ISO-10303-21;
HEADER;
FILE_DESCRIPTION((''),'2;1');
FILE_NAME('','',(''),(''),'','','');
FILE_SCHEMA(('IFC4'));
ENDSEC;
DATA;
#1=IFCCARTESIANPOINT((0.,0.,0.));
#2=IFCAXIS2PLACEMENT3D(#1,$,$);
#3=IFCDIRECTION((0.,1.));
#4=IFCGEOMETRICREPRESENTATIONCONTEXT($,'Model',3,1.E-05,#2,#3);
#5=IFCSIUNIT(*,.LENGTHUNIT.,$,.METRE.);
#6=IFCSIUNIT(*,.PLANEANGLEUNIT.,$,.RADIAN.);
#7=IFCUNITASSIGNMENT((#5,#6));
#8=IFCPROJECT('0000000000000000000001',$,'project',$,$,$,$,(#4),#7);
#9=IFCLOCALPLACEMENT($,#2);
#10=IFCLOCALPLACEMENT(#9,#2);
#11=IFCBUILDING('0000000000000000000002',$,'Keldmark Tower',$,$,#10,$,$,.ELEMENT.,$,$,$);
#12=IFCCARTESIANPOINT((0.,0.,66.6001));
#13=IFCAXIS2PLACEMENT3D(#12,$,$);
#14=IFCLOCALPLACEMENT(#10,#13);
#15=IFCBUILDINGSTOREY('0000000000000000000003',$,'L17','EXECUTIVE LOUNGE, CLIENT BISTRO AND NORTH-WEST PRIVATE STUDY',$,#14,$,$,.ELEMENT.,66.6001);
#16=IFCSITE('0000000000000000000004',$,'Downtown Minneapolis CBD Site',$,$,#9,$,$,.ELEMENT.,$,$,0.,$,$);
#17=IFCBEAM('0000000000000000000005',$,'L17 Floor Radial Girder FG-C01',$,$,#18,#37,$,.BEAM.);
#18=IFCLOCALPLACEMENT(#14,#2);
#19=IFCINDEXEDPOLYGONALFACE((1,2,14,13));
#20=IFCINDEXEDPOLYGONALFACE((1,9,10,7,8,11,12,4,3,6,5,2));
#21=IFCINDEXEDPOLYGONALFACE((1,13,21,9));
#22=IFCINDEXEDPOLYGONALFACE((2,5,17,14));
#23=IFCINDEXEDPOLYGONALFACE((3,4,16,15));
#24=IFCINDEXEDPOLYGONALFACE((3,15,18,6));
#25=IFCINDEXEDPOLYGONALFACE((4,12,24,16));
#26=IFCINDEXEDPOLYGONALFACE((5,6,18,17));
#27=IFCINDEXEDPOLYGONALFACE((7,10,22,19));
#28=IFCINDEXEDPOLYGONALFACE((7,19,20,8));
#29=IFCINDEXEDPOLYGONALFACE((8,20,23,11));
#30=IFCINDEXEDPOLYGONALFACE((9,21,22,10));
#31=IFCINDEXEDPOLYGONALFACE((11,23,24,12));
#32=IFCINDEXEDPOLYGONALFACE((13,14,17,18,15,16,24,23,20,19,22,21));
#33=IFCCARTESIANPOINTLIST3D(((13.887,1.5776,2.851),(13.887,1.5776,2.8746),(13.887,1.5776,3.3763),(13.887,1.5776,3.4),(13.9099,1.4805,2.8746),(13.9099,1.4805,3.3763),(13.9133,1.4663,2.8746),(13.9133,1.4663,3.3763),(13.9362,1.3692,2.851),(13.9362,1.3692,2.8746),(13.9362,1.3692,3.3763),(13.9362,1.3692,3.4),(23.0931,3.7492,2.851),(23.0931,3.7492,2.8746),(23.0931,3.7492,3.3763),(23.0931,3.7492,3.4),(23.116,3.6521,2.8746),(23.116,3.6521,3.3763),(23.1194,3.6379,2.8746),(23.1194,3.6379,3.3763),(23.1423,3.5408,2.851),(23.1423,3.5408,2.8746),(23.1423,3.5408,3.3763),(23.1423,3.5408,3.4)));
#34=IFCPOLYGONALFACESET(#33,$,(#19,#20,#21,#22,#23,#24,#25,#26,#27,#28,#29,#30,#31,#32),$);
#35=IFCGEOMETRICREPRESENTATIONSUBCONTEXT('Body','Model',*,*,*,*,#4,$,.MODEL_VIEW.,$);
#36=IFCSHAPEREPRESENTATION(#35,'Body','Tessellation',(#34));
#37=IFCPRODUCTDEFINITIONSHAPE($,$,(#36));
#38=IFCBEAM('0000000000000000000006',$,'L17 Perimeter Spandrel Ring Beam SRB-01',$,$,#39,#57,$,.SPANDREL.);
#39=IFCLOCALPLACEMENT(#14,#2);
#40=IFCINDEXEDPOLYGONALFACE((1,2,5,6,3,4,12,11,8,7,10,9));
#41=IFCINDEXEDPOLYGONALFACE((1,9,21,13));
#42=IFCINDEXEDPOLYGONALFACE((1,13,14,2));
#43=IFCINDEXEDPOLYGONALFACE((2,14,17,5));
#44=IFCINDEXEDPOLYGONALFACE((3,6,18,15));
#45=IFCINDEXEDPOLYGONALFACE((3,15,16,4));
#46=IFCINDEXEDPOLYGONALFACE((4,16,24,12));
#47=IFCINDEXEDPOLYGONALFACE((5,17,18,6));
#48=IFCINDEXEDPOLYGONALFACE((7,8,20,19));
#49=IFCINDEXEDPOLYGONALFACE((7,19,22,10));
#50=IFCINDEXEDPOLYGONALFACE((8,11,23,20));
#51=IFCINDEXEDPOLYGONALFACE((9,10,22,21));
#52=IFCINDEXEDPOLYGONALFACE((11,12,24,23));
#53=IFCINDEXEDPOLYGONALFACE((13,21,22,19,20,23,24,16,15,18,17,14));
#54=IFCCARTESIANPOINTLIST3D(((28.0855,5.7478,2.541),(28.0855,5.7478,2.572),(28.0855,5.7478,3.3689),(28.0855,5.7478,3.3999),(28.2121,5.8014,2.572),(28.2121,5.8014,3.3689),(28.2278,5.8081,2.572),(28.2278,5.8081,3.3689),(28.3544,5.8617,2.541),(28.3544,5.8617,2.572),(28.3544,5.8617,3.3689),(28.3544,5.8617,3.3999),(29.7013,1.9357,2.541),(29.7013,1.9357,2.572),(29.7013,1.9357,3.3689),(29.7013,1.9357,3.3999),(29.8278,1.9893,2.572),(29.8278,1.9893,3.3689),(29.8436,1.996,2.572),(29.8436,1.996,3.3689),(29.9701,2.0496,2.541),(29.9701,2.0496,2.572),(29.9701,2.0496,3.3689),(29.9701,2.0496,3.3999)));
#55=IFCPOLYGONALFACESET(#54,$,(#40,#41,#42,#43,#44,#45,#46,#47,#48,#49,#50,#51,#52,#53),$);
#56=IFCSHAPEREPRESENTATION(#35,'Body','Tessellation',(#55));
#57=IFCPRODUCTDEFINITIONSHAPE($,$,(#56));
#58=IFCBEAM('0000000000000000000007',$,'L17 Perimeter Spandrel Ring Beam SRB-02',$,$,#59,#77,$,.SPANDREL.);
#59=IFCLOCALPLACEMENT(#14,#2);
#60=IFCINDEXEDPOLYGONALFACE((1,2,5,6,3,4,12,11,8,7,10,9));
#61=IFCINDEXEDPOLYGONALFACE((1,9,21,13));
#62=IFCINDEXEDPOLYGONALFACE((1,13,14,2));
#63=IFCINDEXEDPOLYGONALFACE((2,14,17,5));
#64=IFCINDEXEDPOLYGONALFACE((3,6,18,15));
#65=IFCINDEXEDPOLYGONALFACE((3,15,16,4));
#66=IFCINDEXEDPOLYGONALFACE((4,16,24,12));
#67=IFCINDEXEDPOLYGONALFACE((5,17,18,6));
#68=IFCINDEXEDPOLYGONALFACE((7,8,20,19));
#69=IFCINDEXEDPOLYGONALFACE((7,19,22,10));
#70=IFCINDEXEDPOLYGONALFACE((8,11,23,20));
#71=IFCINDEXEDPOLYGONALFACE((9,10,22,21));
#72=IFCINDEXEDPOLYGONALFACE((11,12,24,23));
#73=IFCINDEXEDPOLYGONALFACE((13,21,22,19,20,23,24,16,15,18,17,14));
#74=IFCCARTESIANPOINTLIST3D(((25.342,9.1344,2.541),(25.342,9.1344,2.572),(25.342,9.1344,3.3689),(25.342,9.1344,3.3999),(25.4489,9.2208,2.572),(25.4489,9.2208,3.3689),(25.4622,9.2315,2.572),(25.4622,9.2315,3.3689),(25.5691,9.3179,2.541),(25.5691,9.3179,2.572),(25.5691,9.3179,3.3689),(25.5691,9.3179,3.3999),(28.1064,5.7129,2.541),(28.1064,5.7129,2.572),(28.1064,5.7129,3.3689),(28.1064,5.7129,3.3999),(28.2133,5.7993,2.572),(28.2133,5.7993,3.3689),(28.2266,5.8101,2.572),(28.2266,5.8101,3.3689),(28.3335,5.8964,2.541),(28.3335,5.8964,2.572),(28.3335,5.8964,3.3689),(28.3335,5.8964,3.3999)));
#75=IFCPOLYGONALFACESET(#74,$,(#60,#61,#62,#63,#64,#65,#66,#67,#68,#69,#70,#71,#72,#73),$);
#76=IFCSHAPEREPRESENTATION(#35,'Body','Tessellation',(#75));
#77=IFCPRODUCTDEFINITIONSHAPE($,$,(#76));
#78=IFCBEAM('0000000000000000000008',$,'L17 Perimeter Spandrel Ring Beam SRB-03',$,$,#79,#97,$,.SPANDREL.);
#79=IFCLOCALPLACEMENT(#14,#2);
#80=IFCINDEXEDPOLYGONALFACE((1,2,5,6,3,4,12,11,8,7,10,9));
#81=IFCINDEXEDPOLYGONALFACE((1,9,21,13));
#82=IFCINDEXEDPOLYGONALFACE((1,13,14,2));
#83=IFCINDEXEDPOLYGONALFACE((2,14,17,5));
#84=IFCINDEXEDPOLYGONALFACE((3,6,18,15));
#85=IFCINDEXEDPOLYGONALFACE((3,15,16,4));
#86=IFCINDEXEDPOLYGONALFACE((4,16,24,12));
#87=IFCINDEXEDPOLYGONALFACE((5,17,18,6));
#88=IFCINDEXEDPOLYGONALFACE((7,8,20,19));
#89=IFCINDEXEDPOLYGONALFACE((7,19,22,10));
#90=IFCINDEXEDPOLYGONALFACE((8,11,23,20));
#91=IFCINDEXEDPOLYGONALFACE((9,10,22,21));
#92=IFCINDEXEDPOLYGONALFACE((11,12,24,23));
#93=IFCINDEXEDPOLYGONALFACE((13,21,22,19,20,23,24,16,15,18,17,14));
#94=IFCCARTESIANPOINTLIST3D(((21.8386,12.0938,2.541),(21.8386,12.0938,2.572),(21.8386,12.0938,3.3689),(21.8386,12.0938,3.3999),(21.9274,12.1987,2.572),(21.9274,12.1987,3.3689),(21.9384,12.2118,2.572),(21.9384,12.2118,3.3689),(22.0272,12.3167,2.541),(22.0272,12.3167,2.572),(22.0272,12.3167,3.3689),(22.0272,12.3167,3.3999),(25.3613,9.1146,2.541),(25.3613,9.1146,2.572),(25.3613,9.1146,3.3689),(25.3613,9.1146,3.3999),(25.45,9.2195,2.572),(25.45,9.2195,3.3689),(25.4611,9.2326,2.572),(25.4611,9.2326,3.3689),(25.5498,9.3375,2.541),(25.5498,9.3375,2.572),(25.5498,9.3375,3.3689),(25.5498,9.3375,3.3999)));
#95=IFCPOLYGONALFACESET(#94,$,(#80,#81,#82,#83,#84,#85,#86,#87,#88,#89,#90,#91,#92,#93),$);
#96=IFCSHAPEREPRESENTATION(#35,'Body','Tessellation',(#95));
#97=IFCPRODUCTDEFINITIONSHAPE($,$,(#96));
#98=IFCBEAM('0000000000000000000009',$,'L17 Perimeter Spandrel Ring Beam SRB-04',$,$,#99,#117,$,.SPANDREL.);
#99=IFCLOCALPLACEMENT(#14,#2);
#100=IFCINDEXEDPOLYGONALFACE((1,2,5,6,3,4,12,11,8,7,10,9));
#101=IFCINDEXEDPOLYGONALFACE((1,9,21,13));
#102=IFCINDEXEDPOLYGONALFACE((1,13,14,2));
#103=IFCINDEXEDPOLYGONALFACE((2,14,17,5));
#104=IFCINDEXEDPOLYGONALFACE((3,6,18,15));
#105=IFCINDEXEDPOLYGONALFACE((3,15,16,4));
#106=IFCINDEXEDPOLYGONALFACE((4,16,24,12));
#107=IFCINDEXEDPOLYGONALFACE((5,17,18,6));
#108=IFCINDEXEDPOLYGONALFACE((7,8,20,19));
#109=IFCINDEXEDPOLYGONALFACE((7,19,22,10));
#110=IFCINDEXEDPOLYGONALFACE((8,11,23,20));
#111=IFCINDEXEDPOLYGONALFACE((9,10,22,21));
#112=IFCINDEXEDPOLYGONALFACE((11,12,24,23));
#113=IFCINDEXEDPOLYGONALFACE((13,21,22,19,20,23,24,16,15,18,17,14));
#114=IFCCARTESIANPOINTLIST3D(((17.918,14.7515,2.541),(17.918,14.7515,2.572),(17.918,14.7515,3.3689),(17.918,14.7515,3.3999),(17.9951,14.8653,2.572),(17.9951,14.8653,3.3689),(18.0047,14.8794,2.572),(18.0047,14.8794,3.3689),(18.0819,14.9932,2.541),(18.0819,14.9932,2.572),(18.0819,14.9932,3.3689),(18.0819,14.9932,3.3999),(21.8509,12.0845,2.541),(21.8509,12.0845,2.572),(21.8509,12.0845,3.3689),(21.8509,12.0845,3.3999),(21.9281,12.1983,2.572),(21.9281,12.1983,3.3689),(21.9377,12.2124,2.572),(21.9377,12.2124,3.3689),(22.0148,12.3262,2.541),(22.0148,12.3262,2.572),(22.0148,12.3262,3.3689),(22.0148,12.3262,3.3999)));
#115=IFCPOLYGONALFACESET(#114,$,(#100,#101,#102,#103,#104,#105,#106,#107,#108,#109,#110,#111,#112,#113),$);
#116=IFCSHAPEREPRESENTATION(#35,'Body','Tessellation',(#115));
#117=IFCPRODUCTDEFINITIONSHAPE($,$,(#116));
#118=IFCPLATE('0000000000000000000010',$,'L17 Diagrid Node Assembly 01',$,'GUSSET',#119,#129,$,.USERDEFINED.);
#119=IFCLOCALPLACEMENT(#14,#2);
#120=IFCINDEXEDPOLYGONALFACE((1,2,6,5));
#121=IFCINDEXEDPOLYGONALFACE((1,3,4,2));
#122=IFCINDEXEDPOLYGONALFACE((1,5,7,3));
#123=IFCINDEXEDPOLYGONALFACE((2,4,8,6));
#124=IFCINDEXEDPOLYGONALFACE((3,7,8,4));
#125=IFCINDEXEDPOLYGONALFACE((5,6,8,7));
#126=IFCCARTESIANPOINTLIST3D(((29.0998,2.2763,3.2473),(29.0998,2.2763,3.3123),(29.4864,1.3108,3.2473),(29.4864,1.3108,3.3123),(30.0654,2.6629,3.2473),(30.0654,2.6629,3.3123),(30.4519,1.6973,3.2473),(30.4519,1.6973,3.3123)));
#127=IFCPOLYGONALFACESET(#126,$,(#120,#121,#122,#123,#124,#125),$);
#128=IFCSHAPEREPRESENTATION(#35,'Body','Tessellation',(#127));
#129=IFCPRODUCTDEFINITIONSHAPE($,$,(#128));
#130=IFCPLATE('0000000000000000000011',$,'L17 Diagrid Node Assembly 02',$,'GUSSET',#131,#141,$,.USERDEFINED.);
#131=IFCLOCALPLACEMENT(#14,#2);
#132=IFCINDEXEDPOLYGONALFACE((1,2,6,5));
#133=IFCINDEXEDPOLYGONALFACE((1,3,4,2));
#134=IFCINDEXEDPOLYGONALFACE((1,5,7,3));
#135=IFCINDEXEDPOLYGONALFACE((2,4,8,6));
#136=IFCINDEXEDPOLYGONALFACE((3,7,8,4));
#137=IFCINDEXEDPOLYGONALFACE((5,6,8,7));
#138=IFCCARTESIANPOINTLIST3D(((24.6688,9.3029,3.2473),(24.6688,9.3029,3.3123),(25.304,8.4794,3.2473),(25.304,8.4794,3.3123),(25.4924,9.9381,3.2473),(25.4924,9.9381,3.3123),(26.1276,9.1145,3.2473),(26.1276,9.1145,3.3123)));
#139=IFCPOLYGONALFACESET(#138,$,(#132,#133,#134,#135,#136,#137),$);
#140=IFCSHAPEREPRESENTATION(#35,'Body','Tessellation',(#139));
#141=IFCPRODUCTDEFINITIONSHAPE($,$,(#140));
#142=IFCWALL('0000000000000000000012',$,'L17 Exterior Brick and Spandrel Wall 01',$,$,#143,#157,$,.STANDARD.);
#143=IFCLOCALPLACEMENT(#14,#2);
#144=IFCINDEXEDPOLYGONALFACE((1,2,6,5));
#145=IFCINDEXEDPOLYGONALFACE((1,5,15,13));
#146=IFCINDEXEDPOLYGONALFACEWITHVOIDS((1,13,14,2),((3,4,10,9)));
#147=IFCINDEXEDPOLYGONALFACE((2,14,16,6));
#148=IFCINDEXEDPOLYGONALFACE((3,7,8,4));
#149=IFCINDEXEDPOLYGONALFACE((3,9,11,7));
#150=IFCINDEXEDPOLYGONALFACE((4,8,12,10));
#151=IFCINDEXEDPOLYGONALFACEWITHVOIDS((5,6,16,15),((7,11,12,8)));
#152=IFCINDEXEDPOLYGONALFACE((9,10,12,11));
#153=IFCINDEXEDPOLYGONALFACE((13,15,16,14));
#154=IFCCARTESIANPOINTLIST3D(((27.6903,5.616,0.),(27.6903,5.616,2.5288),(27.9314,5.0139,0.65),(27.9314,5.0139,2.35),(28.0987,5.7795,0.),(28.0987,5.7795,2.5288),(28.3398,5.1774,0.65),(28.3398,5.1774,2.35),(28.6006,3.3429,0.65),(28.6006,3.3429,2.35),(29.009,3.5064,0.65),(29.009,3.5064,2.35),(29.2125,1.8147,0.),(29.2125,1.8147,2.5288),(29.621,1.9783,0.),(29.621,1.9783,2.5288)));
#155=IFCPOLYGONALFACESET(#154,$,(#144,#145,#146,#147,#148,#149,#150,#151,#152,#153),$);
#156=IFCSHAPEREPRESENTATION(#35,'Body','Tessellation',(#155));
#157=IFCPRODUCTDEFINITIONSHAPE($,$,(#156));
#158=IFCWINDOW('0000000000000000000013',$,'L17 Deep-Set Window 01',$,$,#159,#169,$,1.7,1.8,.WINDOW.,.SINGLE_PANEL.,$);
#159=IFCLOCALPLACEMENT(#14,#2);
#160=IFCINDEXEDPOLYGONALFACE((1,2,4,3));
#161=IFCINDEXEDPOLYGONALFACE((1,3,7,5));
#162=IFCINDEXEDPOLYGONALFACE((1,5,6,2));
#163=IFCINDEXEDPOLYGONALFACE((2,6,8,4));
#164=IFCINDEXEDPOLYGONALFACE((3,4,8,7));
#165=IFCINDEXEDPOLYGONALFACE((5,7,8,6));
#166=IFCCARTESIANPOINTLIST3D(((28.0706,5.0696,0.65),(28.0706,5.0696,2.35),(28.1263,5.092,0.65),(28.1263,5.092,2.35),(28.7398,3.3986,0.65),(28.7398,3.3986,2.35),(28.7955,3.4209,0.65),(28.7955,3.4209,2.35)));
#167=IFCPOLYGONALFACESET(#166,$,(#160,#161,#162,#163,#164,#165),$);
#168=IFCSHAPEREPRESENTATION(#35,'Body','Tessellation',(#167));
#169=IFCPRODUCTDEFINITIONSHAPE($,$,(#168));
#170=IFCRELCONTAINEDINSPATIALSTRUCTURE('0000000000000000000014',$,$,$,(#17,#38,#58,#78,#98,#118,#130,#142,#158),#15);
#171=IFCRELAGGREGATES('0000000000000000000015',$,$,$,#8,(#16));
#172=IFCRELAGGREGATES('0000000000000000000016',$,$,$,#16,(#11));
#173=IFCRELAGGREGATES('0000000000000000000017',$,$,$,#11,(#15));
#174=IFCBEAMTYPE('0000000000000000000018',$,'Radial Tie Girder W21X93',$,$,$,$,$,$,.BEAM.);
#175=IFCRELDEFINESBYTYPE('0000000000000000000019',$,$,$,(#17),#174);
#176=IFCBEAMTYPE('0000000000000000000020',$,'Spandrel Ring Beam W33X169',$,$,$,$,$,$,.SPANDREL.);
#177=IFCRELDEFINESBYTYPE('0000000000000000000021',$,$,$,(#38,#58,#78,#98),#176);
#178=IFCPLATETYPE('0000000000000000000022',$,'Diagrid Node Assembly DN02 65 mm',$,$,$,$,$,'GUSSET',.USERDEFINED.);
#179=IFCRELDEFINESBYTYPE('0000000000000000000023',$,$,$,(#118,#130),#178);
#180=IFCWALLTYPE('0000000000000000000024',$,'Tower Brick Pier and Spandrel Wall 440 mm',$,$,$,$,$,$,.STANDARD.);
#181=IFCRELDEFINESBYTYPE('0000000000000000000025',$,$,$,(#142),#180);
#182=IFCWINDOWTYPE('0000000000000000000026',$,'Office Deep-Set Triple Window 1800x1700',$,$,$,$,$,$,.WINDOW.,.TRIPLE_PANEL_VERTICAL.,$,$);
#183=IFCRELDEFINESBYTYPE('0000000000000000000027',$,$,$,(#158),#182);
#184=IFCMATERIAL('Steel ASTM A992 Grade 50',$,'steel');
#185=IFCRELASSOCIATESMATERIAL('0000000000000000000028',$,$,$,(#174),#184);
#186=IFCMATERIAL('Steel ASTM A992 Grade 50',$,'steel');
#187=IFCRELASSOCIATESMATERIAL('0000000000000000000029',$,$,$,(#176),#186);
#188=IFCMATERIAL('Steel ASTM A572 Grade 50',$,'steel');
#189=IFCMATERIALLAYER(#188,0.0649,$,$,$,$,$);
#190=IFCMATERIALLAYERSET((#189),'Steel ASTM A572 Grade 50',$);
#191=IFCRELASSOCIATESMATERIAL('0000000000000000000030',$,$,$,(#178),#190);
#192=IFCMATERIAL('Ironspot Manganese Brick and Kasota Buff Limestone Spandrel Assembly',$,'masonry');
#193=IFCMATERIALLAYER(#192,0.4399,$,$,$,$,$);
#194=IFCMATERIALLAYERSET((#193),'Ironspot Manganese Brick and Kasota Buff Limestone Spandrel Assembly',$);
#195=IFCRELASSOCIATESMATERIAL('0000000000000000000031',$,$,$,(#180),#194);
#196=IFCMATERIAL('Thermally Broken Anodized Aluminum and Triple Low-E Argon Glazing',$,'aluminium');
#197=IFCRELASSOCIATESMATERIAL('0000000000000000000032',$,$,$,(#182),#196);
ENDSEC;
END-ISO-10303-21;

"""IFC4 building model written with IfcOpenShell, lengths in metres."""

from ifc_helpers import new_model, si_unit, direction, frame, frame_2d, origin, origin_2d, place, context, subcontext, project, spatial, rectangle, i_section, extrude, material, layer, layer_set, material_profile, profile_set, type_object, element, fill, save


model = new_model("IFC4")

# Units and contexts
model_context = context("Model", 3, precision=1e-05, world=origin(), true_north=direction((0.0, 1.0)))
body_context = subcontext(model_context, "Body", "Model", "MODEL_VIEW")
ifc_project = project(units=[si_unit("LENGTHUNIT", "METRE"), si_unit("PLANEANGLEUNIT", "RADIAN")], contexts=[model_context])

# Site, building, storey
site_placement = place(None, origin())
site = spatial("IfcSite", under=ifc_project, at=site_placement, Name="Downtown Minneapolis CBD Site", CompositionType="ELEMENT", RefElevation=0.0)
building_placement = place(site_placement, origin())
building = spatial("IfcBuilding", under=site, at=building_placement, Name="Keldmark Tower", CompositionType="ELEMENT")
storey_placement = place(building_placement, frame((0.0, 0.0, 66.6001)))
storey = spatial("IfcBuildingStorey", under=building, at=storey_placement, Name="L17", Description="EXECUTIVE LOUNGE, CLIENT BISTRO AND NORTH-WEST PRIVATE STUDY", CompositionType="ELEMENT", Elevation=66.6001)

# Beams
ifc_material_1 = material(Name="Steel ASTM A992 Grade 50", Category="steel")
ifc_material_profile_1 = material_profile(ifc_material_1, i_section(OverallWidth=0.2141, OverallDepth=0.5491, WebThickness=0.0146, FlangeThickness=0.0237, at=origin_2d()), Name="W21X93")
ifc_profile_set_1 = profile_set([ifc_material_profile_1], Name="Steel ASTM A992 Grade 50")
beam_type_1 = type_object("IfcBeamType", Name="Radial Tie Girder W21X93", PredefinedType="BEAM", material=ifc_profile_set_1)
beam_1_placement = place(storey_placement, frame((23.1177, 3.645, 3.1255), z_axis=(-0.973287, -0.22959, 0.0), x_axis=(0.22959, -0.973287, 0.0)))
element("IfcBeam", 1, at=beam_1_placement, inside=storey, type_object=beam_type_1, Name="L17 Floor Radial Girder FG-C01", PredefinedType="BEAM", context=body_context, shape_type="SweptSolid", body=[
    extrude(i_section(OverallWidth=0.2141, OverallDepth=0.5491, WebThickness=0.0146, FlangeThickness=0.0237, at=origin_2d()), origin(), (0.0, 0.0, 1.0), 9.4587),
])
ifc_material_2 = material(Name="Steel ASTM A992 Grade 50", Category="steel")
ifc_material_profile_2 = material_profile(ifc_material_2, i_section(OverallWidth=0.292, OverallDepth=0.8589, WebThickness=0.0171, FlangeThickness=0.031, at=origin_2d()), Name="W33X169")
ifc_profile_set_2 = profile_set([ifc_material_profile_2], Name="Steel ASTM A992 Grade 50")
beam_type_2 = type_object("IfcBeamType", Name="Spandrel Ring Beam W33X169", PredefinedType="SPANDREL", material=ifc_profile_set_2)
beam_2_placement = place(storey_placement, frame((29.8357, 1.9927, 2.9705), z_axis=(-0.390244, 0.920712, 0.0), x_axis=(-0.920712, -0.390244, 0.0)))
element("IfcBeam", 2, at=beam_2_placement, inside=storey, type_object=beam_type_2, Name="L17 Perimeter Spandrel Ring Beam SRB-01", PredefinedType="SPANDREL", context=body_context, shape_type="SweptSolid", body=[
    extrude(i_section(OverallWidth=0.292, OverallDepth=0.8589, WebThickness=0.0171, FlangeThickness=0.031, at=origin_2d()), origin(), (0.0, 0.0, 1.0), 4.1404),
])
beam_3_placement = place(storey_placement, frame((28.22, 5.8047, 2.9705), z_axis=(-0.628471, 0.777833, 0.0), x_axis=(-0.777833, -0.628471, 0.0)))
element("IfcBeam", 3, at=beam_3_placement, inside=storey, type_object=beam_type_2, Name="L17 Perimeter Spandrel Ring Beam SRB-02", PredefinedType="SPANDREL", context=body_context, shape_type="SweptSolid", body=[
    extrude(i_section(OverallWidth=0.292, OverallDepth=0.8589, WebThickness=0.0171, FlangeThickness=0.031, at=origin_2d()), origin(), (0.0, 0.0, 1.0), 4.3987),
])
beam_4_placement = place(storey_placement, frame((25.4556, 9.2261, 2.9705), z_axis=(-0.763547, 0.645752, 0.0), x_axis=(-0.645752, -0.763547, 0.0)))
element("IfcBeam", 4, at=beam_4_placement, inside=storey, type_object=beam_type_2, Name="L17 Perimeter Spandrel Ring Beam SRB-03", PredefinedType="SPANDREL", context=body_context, shape_type="SweptSolid", body=[
    extrude(i_section(OverallWidth=0.292, OverallDepth=0.8589, WebThickness=0.0171, FlangeThickness=0.031, at=origin_2d()), origin(), (0.0, 0.0, 1.0), 4.6135),
])
beam_5_placement = place(storey_placement, frame((21.9329, 12.2053, 2.9705), z_axis=(-0.827645, 0.561251, 0.0), x_axis=(-0.561251, -0.827645, 0.0)))
element("IfcBeam", 5, at=beam_5_placement, inside=storey, type_object=beam_type_2, Name="L17 Perimeter Spandrel Ring Beam SRB-04", PredefinedType="SPANDREL", context=body_context, shape_type="SweptSolid", body=[
    extrude(i_section(OverallWidth=0.292, OverallDepth=0.8589, WebThickness=0.0171, FlangeThickness=0.031, at=origin_2d()), origin(), (0.0, 0.0, 1.0), 4.752),
])

# Plates
ifc_material_3 = material(Name="Steel ASTM A572 Grade 50", Category="steel")
ifc_layer_1 = layer(ifc_material_3, 0.0649)
ifc_layer_set_1 = layer_set([ifc_layer_1], Name="Steel ASTM A572 Grade 50")
plate_type = type_object("IfcPlateType", Name="Diagrid Node Assembly DN02 65 mm", ElementType="GUSSET", PredefinedType="USERDEFINED", material=ifc_layer_set_1)
for number, where, z_axis, x_axis, name in (
    (6, (29.7759, 1.9868, 3.2473), (0.0, 0.0, 1.0), (-0.371692, 0.928356, 0.0), "L17 Diagrid Node Assembly 01"),
    (7, (25.3982, 9.2087, 3.2473), (0.0, 0.0, 1.0), (-0.610698, 0.791863, 0.0), "L17 Diagrid Node Assembly 02"),
):
    element("IfcPlate", number, at=place(storey_placement, frame(where, z_axis=z_axis, x_axis=x_axis)), inside=storey, type_object=plate_type, Name=name, ObjectType="GUSSET", PredefinedType="USERDEFINED", context=body_context, shape_type="SweptSolid", body=[
        extrude(rectangle(XDim=1.04, YDim=1.04, at=origin_2d()), origin(), (0.0, 0.0, 1.0), 0.0649),
    ])

# Wall, opening, window
ifc_material_4 = material(Name="Ironspot Manganese Brick and Kasota Buff Limestone Spandrel Assembly", Category="masonry")
ifc_layer_2 = layer(ifc_material_4, 0.4399)
ifc_layer_set_2 = layer_set([ifc_layer_2], Name="Ironspot Manganese Brick and Kasota Buff Limestone Spandrel Assembly")
wall_type = type_object("IfcWallType", Name="Tower Brick Pier and Spandrel Wall 440 mm", PredefinedType="STANDARD", material=ifc_layer_set_2)
wall_1_placement = place(storey_placement, frame((27.8945, 5.6978, 0.0), z_axis=(0.0, 0.0, 1.0), x_axis=(0.37175, -0.928333, 0.0)))
wall_1 = element("IfcWall", 8, at=wall_1_placement, inside=storey, type_object=wall_type, Name="L17 Exterior Brick and Spandrel Wall 01", PredefinedType="STANDARD", context=body_context, shape_type="SweptSolid", body=[
    extrude(rectangle(XDim=4.0947, YDim=0.4399, at=frame_2d((2.0474, 0.0))), origin(), (0.0, 0.0, 1.0), 2.5288),
])
opening_1_placement = place(wall_1_placement, frame((0.6487, 0.0, 0.6499)))
opening_1 = element("IfcOpeningElement", 9, at=opening_1_placement, cuts=wall_1, PredefinedType="OPENING", context=body_context, shape_type="SweptSolid", body=[
    extrude(rectangle(XDim=1.8, YDim=1.7, at=frame_2d((0.8999, 0.8501))), frame((0.0, 0.23, 0.0), z_axis=(0.0, -1.0, 0.0), x_axis=(1.0, 0.0, 0.0)), (0.0, 0.0, 1.0), 0.46),
])
ifc_material_5 = material(Name="Thermally Broken Anodized Aluminum and Triple Low-E Argon Glazing", Category="aluminium")
window_type_1 = type_object("IfcWindowType", Name="Office Deep-Set Triple Window 1800x1700", PartitioningType="TRIPLE_PANEL_VERTICAL", PredefinedType="WINDOW", material=ifc_material_5)
window_1_placement = place(opening_1_placement, origin())
window_1 = element("IfcWindow", 10, at=window_1_placement, inside=storey, type_object=window_type_1, Name="L17 Deep-Set Window 01", OverallHeight=1.7, OverallWidth=1.8, PartitioningType="SINGLE_PANEL", PredefinedType="WINDOW", context=body_context, shape_type="SweptSolid", body=[
    extrude(rectangle(XDim=1.8, YDim=1.7, at=frame_2d((0.8999, 0.8501))), frame((0.0, -0.01, 0.0), z_axis=(0.0, -1.0, 0.0), x_axis=(1.0, 0.0, 0.0)), (0.0, 0.0, 1.0), 0.0601),
])
fill(opening_1, window_1)

save(model, "model.ifc")
